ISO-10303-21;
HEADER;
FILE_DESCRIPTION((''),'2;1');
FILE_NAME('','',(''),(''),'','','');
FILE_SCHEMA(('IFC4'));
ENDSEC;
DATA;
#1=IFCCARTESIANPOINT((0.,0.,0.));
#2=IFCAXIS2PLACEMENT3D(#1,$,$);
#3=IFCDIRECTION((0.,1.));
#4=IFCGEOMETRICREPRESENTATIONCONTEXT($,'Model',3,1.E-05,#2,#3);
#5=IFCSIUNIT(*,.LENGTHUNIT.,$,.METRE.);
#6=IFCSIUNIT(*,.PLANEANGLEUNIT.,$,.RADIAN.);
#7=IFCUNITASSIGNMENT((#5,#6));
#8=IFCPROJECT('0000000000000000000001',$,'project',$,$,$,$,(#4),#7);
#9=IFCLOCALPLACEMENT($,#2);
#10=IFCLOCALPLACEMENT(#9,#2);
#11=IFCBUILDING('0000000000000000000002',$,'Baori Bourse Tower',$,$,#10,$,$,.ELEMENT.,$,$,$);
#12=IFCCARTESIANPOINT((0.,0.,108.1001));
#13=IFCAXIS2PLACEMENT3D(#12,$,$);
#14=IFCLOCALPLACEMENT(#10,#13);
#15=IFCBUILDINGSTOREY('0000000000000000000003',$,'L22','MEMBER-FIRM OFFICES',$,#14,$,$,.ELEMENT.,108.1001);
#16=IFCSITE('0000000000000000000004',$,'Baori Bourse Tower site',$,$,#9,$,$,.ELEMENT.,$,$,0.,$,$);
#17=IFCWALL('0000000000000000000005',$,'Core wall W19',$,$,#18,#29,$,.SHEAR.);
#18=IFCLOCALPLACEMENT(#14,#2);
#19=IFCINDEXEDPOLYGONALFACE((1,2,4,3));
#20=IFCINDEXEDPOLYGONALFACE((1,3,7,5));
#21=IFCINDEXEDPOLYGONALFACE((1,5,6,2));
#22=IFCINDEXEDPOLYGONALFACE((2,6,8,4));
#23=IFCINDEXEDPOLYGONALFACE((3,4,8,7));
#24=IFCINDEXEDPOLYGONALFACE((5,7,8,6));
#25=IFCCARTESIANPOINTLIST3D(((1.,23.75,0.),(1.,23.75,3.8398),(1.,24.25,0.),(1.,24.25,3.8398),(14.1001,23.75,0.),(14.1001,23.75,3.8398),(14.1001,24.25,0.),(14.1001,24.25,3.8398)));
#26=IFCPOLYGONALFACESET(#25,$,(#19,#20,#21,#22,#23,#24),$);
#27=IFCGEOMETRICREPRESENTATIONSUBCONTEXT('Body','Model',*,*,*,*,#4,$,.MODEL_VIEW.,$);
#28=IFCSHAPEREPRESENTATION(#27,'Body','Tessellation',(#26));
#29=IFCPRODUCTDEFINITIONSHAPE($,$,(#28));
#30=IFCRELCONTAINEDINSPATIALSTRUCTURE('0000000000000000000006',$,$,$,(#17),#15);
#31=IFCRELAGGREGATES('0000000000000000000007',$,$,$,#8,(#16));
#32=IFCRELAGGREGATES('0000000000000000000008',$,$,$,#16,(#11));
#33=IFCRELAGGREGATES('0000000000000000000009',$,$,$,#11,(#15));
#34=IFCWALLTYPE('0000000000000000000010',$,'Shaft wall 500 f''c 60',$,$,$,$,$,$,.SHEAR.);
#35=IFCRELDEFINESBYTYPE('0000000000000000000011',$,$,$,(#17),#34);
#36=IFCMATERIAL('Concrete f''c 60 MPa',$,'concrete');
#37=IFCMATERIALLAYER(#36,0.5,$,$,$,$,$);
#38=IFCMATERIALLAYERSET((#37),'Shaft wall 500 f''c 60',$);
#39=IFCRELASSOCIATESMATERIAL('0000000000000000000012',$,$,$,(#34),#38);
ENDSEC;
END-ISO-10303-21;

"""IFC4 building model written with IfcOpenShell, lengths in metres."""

from ifc_helpers import new_model, si_unit, direction, frame, frame_2d, origin, place, context, subcontext, project, spatial, rectangle, extrude, material, layer, layer_set, type_object, element, save


model = new_model("IFC4")

# Units and contexts
model_context = context("Model", 3, precision=1e-05, world=origin(), true_north=direction((0.0, 1.0)))
body_context = subcontext(model_context, "Body", "Model", "MODEL_VIEW")
ifc_project = project(units=[si_unit("LENGTHUNIT", "METRE"), si_unit("PLANEANGLEUNIT", "RADIAN")], contexts=[model_context])

# Site, building, storey
site_placement = place(None, origin())
site = spatial("IfcSite", under=ifc_project, at=site_placement, Name="Baori Bourse Tower site", CompositionType="ELEMENT", RefElevation=0.0)
building_placement = place(site_placement, origin())
building = spatial("IfcBuilding", under=site, at=building_placement, Name="Baori Bourse Tower", CompositionType="ELEMENT")
storey_placement = place(building_placement, frame((0.0, 0.0, 108.1001)))
storey = spatial("IfcBuildingStorey", under=building, at=storey_placement, Name="L22", Description="MEMBER-FIRM OFFICES", CompositionType="ELEMENT", Elevation=108.1001)

# Wall
ifc_material_1 = material(Name="Concrete f'c 60 MPa", Category="concrete")
ifc_layer_1 = layer(ifc_material_1, 0.5)
ifc_layer_set_1 = layer_set([ifc_layer_1], Name="Shaft wall 500 f'c 60")
wall_type_1 = type_object("IfcWallType", Name="Shaft wall 500 f'c 60", PredefinedType="SHEAR", material=ifc_layer_set_1)
wall_1_placement = place(storey_placement, frame((1.0, 24.0, 0.0), z_axis=(0.0, 0.0, 1.0), x_axis=(1.0, 0.0, 0.0)))
element("IfcWall", 1, at=wall_1_placement, inside=storey, type_object=wall_type_1, Name="Core wall W19", PredefinedType="SHEAR", context=body_context, shape_type="SweptSolid", body=[
    extrude(rectangle(XDim=13.1001, YDim=0.5, at=frame_2d((6.55, 0.0))), origin(), (0.0, 0.0, 1.0), 3.8398),
])

save(model, "model.ifc")
